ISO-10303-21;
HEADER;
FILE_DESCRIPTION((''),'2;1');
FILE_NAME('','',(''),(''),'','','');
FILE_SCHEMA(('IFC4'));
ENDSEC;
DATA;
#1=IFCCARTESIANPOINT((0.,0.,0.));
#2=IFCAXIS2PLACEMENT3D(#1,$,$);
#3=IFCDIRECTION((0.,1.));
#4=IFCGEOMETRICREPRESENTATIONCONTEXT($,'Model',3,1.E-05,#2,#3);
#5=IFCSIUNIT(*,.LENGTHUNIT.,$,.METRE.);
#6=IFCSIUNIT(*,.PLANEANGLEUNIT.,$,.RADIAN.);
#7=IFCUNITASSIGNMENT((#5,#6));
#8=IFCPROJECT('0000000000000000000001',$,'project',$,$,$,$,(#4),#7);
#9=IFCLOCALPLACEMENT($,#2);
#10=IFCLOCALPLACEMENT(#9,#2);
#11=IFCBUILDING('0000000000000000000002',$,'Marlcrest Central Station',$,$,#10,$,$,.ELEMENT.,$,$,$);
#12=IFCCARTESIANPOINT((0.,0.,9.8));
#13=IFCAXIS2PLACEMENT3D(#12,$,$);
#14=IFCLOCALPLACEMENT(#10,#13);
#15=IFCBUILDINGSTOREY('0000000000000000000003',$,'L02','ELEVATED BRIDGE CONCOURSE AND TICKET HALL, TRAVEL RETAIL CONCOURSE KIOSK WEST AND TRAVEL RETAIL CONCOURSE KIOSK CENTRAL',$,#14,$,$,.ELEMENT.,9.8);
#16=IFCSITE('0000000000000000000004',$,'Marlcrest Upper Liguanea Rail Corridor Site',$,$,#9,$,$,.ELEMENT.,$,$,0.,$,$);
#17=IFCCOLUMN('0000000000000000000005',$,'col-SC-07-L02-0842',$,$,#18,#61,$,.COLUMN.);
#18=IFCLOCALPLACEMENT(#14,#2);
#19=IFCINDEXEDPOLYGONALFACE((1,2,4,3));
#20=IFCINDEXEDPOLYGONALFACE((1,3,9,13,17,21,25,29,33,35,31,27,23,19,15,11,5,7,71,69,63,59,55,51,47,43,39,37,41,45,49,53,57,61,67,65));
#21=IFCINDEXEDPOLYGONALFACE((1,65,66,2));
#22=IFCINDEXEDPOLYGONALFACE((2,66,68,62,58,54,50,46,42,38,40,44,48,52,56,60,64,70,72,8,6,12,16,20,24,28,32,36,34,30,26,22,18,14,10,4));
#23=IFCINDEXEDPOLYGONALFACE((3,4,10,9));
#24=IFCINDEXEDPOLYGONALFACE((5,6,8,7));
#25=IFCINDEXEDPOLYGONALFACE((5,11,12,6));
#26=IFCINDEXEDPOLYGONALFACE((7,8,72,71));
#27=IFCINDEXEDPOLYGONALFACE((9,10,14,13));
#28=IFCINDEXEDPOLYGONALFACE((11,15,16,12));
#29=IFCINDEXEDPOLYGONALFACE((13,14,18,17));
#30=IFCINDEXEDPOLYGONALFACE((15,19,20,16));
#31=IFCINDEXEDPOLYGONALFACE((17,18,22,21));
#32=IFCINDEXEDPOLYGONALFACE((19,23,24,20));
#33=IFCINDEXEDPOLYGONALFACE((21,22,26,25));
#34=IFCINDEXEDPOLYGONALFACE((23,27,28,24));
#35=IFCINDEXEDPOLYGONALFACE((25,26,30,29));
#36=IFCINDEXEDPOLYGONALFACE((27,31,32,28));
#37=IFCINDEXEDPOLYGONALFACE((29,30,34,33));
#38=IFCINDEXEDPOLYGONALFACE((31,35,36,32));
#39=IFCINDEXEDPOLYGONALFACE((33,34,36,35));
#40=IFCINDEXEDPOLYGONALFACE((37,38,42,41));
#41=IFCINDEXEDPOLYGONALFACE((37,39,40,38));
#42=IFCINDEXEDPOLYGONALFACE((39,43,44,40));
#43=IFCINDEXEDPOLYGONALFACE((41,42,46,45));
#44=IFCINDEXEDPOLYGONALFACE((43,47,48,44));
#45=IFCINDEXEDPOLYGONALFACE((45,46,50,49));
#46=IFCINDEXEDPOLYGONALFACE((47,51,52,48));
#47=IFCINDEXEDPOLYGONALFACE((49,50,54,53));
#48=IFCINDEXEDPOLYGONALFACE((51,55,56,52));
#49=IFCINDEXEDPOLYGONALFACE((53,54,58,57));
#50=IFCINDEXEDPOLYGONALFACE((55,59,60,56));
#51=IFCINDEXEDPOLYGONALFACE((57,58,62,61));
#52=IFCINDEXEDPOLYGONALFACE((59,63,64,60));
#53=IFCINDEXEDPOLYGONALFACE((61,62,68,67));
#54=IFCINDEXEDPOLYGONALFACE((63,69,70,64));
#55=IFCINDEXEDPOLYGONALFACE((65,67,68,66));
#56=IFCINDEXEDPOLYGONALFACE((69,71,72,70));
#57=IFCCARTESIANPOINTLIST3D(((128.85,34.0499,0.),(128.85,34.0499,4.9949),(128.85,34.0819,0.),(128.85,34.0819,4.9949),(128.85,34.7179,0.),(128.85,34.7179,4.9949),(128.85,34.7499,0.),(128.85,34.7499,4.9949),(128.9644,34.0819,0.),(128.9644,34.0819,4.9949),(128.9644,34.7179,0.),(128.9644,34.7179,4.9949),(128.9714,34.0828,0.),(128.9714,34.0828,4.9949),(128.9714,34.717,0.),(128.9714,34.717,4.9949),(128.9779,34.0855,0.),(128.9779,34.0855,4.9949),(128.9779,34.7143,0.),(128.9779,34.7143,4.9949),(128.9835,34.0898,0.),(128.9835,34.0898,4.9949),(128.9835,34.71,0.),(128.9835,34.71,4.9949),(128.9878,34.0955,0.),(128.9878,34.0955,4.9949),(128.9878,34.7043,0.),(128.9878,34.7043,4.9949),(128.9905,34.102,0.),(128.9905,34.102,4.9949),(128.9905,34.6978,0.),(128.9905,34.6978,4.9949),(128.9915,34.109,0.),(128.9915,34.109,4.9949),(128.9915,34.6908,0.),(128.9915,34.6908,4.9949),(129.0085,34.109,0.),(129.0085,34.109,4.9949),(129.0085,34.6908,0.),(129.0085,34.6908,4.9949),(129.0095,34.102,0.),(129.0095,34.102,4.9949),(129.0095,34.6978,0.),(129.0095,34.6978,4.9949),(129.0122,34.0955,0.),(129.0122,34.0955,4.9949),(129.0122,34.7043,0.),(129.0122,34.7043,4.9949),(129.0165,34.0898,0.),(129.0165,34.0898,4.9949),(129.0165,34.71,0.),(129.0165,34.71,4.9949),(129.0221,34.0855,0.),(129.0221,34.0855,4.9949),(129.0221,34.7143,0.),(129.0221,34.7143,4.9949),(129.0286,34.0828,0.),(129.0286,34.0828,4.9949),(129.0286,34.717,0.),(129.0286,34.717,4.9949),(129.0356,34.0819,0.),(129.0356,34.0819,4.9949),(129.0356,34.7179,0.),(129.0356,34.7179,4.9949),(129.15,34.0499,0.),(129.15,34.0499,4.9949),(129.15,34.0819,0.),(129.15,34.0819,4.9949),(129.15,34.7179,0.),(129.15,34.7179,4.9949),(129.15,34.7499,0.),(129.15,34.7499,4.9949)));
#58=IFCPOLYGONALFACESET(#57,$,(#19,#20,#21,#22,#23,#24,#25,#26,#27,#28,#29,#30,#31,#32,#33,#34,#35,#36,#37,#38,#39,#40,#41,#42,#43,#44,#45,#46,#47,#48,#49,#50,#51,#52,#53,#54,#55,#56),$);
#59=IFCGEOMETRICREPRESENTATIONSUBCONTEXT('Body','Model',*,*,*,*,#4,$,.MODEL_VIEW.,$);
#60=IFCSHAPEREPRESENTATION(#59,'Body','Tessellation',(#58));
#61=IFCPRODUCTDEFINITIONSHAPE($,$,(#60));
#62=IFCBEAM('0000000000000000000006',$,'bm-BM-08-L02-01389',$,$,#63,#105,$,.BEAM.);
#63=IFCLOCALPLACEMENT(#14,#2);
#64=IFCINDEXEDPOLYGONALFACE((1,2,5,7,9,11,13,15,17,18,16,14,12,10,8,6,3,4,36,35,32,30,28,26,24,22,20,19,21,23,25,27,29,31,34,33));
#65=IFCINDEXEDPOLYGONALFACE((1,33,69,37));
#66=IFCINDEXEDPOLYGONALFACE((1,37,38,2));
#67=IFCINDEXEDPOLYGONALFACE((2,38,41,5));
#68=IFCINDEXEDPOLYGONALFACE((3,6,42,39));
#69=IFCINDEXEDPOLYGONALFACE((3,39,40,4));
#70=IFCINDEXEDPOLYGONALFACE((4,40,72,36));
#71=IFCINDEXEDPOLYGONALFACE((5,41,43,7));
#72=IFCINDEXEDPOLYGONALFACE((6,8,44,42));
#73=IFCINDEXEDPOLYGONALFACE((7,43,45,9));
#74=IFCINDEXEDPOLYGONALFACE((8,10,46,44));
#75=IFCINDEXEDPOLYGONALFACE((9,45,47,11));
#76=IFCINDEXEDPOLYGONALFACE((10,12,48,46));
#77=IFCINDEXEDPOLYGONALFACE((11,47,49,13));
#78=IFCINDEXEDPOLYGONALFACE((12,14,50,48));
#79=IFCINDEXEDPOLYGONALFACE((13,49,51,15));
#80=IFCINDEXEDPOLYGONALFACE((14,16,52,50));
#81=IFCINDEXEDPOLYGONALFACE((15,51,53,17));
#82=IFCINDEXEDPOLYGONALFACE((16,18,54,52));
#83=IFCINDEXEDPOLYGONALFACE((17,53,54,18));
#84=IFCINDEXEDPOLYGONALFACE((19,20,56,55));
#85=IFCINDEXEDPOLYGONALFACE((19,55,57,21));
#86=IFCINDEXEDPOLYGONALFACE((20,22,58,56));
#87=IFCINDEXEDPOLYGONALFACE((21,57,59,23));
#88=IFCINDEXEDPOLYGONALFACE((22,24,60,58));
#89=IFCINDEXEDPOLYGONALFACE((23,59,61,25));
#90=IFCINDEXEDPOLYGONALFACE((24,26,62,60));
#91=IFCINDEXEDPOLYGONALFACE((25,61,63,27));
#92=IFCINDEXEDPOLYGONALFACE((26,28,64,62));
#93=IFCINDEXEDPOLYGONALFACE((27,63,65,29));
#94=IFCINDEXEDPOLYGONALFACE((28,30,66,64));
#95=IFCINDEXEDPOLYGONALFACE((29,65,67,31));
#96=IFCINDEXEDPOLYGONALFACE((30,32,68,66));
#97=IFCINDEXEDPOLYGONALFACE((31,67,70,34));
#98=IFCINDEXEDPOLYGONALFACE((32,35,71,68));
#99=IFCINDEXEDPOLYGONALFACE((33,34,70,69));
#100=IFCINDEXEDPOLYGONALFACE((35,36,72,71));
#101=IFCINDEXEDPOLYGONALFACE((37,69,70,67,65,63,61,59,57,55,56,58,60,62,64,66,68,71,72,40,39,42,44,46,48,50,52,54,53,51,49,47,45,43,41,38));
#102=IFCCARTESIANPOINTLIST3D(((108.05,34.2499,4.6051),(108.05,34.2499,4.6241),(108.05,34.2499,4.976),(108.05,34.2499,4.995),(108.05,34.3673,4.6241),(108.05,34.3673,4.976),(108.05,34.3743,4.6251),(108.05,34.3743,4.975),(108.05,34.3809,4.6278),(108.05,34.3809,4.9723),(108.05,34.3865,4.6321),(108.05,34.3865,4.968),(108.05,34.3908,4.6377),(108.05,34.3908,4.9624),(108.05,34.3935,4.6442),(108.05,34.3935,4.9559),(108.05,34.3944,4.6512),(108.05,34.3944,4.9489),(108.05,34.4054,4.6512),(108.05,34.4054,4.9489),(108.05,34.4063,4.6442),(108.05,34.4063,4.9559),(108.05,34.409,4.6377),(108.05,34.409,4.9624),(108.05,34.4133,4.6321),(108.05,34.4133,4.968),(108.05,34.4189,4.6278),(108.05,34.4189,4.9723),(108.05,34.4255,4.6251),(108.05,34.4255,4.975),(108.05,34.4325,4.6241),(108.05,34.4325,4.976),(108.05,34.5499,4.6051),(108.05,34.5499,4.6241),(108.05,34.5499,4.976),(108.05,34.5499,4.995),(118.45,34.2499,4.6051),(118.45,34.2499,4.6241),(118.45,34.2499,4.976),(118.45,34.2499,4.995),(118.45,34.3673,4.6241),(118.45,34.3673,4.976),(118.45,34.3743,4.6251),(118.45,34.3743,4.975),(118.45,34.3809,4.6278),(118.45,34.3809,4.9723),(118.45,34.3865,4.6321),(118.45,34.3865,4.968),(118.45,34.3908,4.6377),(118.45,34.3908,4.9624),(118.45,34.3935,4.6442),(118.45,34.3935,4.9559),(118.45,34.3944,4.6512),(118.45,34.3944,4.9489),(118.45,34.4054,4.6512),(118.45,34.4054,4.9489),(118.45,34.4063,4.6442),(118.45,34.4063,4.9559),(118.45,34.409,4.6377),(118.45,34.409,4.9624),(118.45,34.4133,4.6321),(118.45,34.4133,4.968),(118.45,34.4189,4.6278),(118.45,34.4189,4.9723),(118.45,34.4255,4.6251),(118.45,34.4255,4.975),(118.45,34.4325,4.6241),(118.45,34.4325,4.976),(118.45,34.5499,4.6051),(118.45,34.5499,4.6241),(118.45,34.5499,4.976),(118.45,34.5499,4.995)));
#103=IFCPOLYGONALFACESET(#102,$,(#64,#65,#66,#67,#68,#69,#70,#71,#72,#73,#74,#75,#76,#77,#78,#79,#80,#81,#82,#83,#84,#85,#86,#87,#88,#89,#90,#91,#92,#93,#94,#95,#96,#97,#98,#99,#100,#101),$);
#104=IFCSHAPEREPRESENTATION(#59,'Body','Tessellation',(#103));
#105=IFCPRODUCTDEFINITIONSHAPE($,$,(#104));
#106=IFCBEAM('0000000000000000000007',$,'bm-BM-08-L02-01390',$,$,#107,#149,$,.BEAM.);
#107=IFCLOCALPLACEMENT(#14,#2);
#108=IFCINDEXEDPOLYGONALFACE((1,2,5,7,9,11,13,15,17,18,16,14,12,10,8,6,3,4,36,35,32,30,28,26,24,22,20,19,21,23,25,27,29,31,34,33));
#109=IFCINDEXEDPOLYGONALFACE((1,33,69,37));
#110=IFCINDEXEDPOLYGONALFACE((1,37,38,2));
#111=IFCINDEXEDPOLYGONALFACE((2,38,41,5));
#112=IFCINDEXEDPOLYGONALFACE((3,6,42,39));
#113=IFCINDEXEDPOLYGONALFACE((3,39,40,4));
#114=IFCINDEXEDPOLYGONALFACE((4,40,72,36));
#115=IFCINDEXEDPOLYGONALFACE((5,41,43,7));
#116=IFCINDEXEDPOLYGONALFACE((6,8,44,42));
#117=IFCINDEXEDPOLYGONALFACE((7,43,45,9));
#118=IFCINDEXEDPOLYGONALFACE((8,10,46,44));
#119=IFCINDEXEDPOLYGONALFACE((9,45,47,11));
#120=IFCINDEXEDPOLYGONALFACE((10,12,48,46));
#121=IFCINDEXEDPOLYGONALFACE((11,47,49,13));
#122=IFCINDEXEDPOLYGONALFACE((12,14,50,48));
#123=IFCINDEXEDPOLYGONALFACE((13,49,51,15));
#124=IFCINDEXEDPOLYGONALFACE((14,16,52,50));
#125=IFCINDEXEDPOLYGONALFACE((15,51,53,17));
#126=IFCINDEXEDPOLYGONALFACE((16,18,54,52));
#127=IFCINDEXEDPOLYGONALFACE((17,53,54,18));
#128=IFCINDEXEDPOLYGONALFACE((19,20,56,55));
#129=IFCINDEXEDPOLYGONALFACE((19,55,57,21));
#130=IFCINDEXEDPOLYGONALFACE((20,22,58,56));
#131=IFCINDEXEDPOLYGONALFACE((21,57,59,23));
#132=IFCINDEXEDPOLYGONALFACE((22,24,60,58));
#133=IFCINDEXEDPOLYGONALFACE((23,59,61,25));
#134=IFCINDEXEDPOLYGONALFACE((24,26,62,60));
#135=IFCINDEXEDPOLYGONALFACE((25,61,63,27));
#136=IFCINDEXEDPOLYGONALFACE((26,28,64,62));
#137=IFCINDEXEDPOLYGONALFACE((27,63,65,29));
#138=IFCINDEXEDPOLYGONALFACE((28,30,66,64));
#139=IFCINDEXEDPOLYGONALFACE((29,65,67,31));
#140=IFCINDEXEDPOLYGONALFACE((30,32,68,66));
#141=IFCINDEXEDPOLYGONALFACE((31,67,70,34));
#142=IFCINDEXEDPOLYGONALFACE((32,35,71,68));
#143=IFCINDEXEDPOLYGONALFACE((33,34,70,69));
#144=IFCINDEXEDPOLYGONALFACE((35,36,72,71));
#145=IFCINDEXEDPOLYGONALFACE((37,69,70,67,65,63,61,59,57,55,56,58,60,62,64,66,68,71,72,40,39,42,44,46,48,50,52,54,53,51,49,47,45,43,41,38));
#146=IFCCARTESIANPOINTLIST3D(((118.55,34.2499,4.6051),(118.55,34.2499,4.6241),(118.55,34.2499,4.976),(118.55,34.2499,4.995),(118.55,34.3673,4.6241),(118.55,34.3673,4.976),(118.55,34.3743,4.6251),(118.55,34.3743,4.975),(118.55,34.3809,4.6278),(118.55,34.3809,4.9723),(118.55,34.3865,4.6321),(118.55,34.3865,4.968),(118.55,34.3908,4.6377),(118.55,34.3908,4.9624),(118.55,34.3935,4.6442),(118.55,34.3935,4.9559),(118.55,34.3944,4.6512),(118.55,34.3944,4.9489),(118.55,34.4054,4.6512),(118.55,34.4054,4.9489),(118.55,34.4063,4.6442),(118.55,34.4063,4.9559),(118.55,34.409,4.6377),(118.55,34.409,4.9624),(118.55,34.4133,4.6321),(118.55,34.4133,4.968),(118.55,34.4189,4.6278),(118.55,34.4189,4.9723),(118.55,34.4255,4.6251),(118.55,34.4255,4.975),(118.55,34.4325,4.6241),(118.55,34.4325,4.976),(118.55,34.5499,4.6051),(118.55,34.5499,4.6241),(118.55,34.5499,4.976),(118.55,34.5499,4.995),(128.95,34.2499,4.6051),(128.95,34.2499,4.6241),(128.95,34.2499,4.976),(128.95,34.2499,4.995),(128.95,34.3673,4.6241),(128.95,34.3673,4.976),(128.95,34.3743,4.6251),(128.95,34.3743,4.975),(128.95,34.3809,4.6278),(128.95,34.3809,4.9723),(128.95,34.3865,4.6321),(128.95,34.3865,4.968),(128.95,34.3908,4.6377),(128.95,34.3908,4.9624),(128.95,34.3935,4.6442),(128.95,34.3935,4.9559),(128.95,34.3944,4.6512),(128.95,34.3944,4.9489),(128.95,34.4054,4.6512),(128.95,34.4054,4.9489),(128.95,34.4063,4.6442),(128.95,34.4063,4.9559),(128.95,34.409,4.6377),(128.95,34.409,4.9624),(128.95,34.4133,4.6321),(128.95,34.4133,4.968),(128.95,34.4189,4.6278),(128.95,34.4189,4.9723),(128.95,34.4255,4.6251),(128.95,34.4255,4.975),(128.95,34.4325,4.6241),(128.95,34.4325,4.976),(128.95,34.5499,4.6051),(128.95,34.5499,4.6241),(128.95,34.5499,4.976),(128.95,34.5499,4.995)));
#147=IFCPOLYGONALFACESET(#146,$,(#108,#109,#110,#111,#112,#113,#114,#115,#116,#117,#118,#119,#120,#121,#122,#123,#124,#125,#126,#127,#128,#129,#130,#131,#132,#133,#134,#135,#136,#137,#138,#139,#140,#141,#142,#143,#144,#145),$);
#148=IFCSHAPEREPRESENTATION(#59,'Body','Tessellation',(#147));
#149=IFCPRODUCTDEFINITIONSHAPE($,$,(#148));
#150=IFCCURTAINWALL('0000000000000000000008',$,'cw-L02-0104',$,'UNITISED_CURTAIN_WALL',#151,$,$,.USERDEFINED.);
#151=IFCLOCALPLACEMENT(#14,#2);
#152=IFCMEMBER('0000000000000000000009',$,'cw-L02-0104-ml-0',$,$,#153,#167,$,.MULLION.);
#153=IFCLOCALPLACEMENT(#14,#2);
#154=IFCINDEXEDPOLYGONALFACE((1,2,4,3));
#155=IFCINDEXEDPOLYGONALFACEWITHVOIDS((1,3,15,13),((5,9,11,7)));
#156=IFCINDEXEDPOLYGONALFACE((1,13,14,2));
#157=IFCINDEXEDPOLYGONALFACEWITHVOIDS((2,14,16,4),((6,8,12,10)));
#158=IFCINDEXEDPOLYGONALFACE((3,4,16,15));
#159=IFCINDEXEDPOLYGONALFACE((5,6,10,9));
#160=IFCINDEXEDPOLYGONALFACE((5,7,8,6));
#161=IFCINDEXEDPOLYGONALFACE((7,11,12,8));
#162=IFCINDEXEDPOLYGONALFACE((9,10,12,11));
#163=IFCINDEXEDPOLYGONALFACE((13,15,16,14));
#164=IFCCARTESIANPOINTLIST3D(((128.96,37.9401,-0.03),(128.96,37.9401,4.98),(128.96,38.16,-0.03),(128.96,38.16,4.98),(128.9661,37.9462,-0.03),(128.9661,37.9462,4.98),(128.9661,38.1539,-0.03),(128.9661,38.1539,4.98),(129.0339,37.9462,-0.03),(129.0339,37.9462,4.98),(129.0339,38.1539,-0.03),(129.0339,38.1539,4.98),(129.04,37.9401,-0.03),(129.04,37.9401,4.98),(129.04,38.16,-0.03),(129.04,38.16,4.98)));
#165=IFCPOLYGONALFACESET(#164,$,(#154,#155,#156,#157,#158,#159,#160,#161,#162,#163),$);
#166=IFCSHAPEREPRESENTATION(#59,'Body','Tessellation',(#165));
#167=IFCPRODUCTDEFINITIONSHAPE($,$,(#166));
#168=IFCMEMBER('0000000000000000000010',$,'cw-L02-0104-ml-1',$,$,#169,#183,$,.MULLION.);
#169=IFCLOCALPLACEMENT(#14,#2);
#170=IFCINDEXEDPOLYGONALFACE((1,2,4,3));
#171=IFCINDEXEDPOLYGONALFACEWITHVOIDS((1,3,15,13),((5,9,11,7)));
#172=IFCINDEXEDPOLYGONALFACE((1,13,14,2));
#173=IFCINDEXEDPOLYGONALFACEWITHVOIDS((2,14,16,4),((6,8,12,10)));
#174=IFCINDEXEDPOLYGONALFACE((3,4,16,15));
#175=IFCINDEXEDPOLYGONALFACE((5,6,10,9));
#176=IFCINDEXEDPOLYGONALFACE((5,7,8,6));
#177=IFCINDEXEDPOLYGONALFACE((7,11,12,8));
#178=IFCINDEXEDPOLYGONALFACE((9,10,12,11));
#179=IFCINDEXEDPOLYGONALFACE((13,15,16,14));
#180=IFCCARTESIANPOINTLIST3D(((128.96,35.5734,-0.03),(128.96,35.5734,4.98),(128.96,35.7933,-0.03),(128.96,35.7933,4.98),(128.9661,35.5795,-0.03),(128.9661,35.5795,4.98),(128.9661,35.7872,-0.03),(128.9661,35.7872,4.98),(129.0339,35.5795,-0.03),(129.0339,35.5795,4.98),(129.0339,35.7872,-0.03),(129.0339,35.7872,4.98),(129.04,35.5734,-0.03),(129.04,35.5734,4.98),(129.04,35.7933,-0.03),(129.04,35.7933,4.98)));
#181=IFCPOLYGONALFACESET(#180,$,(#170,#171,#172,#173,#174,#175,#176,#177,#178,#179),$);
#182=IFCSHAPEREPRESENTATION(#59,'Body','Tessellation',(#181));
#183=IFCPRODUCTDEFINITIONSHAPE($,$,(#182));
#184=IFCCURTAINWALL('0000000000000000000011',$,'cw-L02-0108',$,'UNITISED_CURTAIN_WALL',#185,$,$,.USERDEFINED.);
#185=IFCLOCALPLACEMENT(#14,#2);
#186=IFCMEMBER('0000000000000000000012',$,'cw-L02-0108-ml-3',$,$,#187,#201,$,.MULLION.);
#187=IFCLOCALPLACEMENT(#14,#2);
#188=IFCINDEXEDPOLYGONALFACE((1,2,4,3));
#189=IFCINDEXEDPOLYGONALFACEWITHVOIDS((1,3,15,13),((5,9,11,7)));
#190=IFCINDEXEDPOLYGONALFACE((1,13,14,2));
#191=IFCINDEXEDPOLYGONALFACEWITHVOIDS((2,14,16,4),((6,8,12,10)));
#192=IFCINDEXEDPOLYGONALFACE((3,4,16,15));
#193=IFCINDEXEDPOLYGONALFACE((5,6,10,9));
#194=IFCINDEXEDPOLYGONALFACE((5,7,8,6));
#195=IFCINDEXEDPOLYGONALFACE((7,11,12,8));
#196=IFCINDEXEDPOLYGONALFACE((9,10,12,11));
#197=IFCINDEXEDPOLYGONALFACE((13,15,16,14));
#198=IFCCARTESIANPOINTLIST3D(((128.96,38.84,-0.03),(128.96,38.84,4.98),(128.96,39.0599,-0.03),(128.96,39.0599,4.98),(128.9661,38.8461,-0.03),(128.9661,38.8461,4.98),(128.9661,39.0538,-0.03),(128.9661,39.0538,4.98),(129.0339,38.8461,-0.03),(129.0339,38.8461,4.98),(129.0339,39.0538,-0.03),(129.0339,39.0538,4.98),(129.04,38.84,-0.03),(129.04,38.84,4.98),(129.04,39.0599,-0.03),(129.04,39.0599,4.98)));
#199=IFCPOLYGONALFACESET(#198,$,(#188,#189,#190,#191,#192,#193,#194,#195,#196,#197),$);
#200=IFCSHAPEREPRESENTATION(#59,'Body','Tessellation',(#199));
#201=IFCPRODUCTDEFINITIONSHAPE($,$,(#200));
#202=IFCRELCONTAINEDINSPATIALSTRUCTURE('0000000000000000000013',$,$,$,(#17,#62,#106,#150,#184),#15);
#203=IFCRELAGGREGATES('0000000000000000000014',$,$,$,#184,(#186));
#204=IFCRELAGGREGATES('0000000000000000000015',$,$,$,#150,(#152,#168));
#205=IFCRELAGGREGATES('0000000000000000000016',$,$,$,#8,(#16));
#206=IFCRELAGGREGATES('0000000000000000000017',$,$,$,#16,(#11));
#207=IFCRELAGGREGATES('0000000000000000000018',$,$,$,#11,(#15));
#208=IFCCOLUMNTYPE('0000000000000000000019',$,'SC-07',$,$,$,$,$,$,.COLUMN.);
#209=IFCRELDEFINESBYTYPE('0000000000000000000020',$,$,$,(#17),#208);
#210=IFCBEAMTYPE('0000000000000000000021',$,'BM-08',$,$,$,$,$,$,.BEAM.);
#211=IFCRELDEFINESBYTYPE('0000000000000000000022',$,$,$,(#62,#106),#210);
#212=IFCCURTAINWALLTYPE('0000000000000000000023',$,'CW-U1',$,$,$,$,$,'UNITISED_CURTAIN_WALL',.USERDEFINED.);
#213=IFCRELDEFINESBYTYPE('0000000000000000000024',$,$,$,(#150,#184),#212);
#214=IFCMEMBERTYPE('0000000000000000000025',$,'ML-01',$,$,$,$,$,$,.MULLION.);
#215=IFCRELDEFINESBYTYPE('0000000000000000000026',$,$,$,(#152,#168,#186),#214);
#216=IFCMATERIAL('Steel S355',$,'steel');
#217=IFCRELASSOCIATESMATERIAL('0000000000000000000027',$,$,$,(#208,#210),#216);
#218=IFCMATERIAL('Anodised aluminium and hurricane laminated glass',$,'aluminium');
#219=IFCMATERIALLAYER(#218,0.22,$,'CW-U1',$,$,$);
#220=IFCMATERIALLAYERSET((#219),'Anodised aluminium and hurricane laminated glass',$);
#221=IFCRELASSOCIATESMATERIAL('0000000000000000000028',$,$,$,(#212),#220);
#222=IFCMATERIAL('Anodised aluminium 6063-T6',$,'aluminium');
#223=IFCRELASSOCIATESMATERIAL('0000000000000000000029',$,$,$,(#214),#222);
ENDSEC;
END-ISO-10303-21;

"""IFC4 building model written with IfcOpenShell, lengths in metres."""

from ifc_helpers import new_model, si_unit, direction, frame, origin, origin_2d, place, context, subcontext, project, spatial, hollow_rectangle, i_section, extrude, material, layer, layer_set, material_profile, profile_set, type_object, element, aggregate, save


model = new_model("IFC4")

# Units and contexts
model_context = context("Model", 3, precision=1e-05, world=origin(), true_north=direction((0.0, 1.0)))
body_context = subcontext(model_context, "Body", "Model", "MODEL_VIEW")
ifc_project = project(units=[si_unit("LENGTHUNIT", "METRE"), si_unit("PLANEANGLEUNIT", "RADIAN")], contexts=[model_context])

# Site, building, storey
site_placement = place(None, origin())
site = spatial("IfcSite", under=ifc_project, at=site_placement, Name="Marlcrest Upper Liguanea Rail Corridor Site", CompositionType="ELEMENT", RefElevation=0.0)
building_placement = place(site_placement, origin())
building = spatial("IfcBuilding", under=site, at=building_placement, Name="Marlcrest Central Station", CompositionType="ELEMENT")
storey_placement = place(building_placement, frame((0.0, 0.0, 9.8)))
storey = spatial("IfcBuildingStorey", under=building, at=storey_placement, Name="L02", Description="ELEVATED BRIDGE CONCOURSE AND TICKET HALL, TRAVEL RETAIL CONCOURSE KIOSK WEST AND TRAVEL RETAIL CONCOURSE KIOSK CENTRAL", CompositionType="ELEMENT", Elevation=9.8)

# Column
ifc_material_1 = material(Name="Steel S355", Category="steel")
ifc_material_profile_1 = material_profile(ifc_material_1, i_section(OverallWidth=0.3, OverallDepth=0.7, WebThickness=0.0171, FlangeThickness=0.032, FilletRadius=0.0271, at=origin_2d()), Name="HEB 700")
ifc_profile_set_1 = profile_set([ifc_material_profile_1], Name="Steel S355")
column_type_1 = type_object("IfcColumnType", Name="SC-07", PredefinedType="COLUMN", material=ifc_profile_set_1)
for number, where, z_axis, x_axis, name in (
    (1, (129.0, 34.3999, 0.0), (0.0, 0.0, 1.0), (1.0, 0.0, 0.0), "col-SC-07-L02-0842"),
):
    element("IfcColumn", number, at=place(storey_placement, frame(where, z_axis=z_axis, x_axis=x_axis)), inside=storey, type_object=column_type_1, Name=name, PredefinedType="COLUMN", context=body_context, shape_type="SweptSolid", body=[
        extrude(i_section(OverallWidth=0.3, OverallDepth=0.7, WebThickness=0.0171, FlangeThickness=0.032, FilletRadius=0.0271, at=origin_2d()), origin(), (0.0, 0.0, 1.0), 4.9949),
    ])

# Beams
ifc_material_profile_2 = material_profile(ifc_material_1, i_section(OverallWidth=0.3, OverallDepth=0.3899, WebThickness=0.011, FlangeThickness=0.019, FilletRadius=0.0271, at=origin_2d()), Name="HEA 400")
ifc_profile_set_2 = profile_set([ifc_material_profile_2], Name="Steel S355")
beam_type = type_object("IfcBeamType", Name="BM-08", PredefinedType="BEAM", material=ifc_profile_set_2)
for number, where, z_axis, x_axis, name in (
    (2, (108.05, 34.3999, 4.8), (1.0, 0.0, 0.0), (0.0, 1.0, 0.0), "bm-BM-08-L02-01389"),
    (3, (118.55, 34.3999, 4.8), (1.0, 0.0, 0.0), (0.0, 1.0, 0.0), "bm-BM-08-L02-01390"),
):
    element("IfcBeam", number, at=place(storey_placement, frame(where, z_axis=z_axis, x_axis=x_axis)), inside=storey, type_object=beam_type, Name=name, PredefinedType="BEAM", context=body_context, shape_type="SweptSolid", body=[
        extrude(i_section(OverallWidth=0.3, OverallDepth=0.3899, WebThickness=0.011, FlangeThickness=0.019, FilletRadius=0.0271, at=origin_2d()), origin(), (0.0, 0.0, 1.0), 10.3999),
    ])

# Curtain wall, members
ifc_material_2 = material(Name="Anodised aluminium and hurricane laminated glass", Category="aluminium")
ifc_layer_1 = layer(ifc_material_2, 0.22, Name="CW-U1")
ifc_layer_set_1 = layer_set([ifc_layer_1], Name="Anodised aluminium and hurricane laminated glass")
curtain_wall_type = type_object("IfcCurtainWallType", Name="CW-U1", ElementType="UNITISED_CURTAIN_WALL", PredefinedType="USERDEFINED", material=ifc_layer_set_1)
curtain_wall_1_placement = place(storey_placement, origin())
curtain_wall_1 = element("IfcCurtainWall", 4, at=curtain_wall_1_placement, inside=storey, type_object=curtain_wall_type, Name="cw-L02-0104", ObjectType="UNITISED_CURTAIN_WALL", PredefinedType="USERDEFINED")
ifc_material_3 = material(Name="Anodised aluminium 6063-T6", Category="aluminium")
ifc_material_profile_3 = material_profile(ifc_material_3, hollow_rectangle(XDim=0.0801, YDim=0.22, WallThickness=0.0061, at=origin_2d()), Name="AA-RHS 220x80x6")
ifc_profile_set_3 = profile_set([ifc_material_profile_3], Name="Anodised aluminium 6063-T6")
member_type_1 = type_object("IfcMemberType", Name="ML-01", PredefinedType="MULLION", material=ifc_profile_set_3)
member_1_placement = place(storey_placement, frame((129.0, 38.05, -0.03), z_axis=(0.0, 0.0, 1.0), x_axis=(1.0, 0.0, 0.0)))
member_1 = element("IfcMember", 5, at=member_1_placement, type_object=member_type_1, Name="cw-L02-0104-ml-0", PredefinedType="MULLION", context=body_context, shape_type="SweptSolid", body=[
    extrude(hollow_rectangle(XDim=0.0801, YDim=0.22, WallThickness=0.0061, at=origin_2d()), origin(), (0.0, 0.0, 1.0), 5.01),
])
member_2_placement = place(storey_placement, frame((129.0, 35.6833, -0.03), z_axis=(0.0, 0.0, 1.0), x_axis=(1.0, 0.0, 0.0)))
member_2 = element("IfcMember", 6, at=member_2_placement, type_object=member_type_1, Name="cw-L02-0104-ml-1", PredefinedType="MULLION", context=body_context, shape_type="SweptSolid", body=[
    extrude(hollow_rectangle(XDim=0.0801, YDim=0.22, WallThickness=0.0061, at=origin_2d()), origin(), (0.0, 0.0, 1.0), 5.01),
])

# Curtain wall, member
curtain_wall_2_placement = place(storey_placement, origin())
curtain_wall_2 = element("IfcCurtainWall", 7, at=curtain_wall_2_placement, inside=storey, type_object=curtain_wall_type, Name="cw-L02-0108", ObjectType="UNITISED_CURTAIN_WALL", PredefinedType="USERDEFINED")
member_3_placement = place(storey_placement, frame((129.0, 38.95, -0.03), z_axis=(0.0, 0.0, 1.0), x_axis=(1.0, 0.0, 0.0)))
member_3 = element("IfcMember", 8, at=member_3_placement, type_object=member_type_1, Name="cw-L02-0108-ml-3", PredefinedType="MULLION", context=body_context, shape_type="SweptSolid", body=[
    extrude(hollow_rectangle(XDim=0.0801, YDim=0.22, WallThickness=0.0061, at=origin_2d()), origin(), (0.0, 0.0, 1.0), 5.01),
])
aggregate(curtain_wall_2, [member_3])

aggregate(curtain_wall_1, [member_1, member_2])

save(model, "model.ifc")
